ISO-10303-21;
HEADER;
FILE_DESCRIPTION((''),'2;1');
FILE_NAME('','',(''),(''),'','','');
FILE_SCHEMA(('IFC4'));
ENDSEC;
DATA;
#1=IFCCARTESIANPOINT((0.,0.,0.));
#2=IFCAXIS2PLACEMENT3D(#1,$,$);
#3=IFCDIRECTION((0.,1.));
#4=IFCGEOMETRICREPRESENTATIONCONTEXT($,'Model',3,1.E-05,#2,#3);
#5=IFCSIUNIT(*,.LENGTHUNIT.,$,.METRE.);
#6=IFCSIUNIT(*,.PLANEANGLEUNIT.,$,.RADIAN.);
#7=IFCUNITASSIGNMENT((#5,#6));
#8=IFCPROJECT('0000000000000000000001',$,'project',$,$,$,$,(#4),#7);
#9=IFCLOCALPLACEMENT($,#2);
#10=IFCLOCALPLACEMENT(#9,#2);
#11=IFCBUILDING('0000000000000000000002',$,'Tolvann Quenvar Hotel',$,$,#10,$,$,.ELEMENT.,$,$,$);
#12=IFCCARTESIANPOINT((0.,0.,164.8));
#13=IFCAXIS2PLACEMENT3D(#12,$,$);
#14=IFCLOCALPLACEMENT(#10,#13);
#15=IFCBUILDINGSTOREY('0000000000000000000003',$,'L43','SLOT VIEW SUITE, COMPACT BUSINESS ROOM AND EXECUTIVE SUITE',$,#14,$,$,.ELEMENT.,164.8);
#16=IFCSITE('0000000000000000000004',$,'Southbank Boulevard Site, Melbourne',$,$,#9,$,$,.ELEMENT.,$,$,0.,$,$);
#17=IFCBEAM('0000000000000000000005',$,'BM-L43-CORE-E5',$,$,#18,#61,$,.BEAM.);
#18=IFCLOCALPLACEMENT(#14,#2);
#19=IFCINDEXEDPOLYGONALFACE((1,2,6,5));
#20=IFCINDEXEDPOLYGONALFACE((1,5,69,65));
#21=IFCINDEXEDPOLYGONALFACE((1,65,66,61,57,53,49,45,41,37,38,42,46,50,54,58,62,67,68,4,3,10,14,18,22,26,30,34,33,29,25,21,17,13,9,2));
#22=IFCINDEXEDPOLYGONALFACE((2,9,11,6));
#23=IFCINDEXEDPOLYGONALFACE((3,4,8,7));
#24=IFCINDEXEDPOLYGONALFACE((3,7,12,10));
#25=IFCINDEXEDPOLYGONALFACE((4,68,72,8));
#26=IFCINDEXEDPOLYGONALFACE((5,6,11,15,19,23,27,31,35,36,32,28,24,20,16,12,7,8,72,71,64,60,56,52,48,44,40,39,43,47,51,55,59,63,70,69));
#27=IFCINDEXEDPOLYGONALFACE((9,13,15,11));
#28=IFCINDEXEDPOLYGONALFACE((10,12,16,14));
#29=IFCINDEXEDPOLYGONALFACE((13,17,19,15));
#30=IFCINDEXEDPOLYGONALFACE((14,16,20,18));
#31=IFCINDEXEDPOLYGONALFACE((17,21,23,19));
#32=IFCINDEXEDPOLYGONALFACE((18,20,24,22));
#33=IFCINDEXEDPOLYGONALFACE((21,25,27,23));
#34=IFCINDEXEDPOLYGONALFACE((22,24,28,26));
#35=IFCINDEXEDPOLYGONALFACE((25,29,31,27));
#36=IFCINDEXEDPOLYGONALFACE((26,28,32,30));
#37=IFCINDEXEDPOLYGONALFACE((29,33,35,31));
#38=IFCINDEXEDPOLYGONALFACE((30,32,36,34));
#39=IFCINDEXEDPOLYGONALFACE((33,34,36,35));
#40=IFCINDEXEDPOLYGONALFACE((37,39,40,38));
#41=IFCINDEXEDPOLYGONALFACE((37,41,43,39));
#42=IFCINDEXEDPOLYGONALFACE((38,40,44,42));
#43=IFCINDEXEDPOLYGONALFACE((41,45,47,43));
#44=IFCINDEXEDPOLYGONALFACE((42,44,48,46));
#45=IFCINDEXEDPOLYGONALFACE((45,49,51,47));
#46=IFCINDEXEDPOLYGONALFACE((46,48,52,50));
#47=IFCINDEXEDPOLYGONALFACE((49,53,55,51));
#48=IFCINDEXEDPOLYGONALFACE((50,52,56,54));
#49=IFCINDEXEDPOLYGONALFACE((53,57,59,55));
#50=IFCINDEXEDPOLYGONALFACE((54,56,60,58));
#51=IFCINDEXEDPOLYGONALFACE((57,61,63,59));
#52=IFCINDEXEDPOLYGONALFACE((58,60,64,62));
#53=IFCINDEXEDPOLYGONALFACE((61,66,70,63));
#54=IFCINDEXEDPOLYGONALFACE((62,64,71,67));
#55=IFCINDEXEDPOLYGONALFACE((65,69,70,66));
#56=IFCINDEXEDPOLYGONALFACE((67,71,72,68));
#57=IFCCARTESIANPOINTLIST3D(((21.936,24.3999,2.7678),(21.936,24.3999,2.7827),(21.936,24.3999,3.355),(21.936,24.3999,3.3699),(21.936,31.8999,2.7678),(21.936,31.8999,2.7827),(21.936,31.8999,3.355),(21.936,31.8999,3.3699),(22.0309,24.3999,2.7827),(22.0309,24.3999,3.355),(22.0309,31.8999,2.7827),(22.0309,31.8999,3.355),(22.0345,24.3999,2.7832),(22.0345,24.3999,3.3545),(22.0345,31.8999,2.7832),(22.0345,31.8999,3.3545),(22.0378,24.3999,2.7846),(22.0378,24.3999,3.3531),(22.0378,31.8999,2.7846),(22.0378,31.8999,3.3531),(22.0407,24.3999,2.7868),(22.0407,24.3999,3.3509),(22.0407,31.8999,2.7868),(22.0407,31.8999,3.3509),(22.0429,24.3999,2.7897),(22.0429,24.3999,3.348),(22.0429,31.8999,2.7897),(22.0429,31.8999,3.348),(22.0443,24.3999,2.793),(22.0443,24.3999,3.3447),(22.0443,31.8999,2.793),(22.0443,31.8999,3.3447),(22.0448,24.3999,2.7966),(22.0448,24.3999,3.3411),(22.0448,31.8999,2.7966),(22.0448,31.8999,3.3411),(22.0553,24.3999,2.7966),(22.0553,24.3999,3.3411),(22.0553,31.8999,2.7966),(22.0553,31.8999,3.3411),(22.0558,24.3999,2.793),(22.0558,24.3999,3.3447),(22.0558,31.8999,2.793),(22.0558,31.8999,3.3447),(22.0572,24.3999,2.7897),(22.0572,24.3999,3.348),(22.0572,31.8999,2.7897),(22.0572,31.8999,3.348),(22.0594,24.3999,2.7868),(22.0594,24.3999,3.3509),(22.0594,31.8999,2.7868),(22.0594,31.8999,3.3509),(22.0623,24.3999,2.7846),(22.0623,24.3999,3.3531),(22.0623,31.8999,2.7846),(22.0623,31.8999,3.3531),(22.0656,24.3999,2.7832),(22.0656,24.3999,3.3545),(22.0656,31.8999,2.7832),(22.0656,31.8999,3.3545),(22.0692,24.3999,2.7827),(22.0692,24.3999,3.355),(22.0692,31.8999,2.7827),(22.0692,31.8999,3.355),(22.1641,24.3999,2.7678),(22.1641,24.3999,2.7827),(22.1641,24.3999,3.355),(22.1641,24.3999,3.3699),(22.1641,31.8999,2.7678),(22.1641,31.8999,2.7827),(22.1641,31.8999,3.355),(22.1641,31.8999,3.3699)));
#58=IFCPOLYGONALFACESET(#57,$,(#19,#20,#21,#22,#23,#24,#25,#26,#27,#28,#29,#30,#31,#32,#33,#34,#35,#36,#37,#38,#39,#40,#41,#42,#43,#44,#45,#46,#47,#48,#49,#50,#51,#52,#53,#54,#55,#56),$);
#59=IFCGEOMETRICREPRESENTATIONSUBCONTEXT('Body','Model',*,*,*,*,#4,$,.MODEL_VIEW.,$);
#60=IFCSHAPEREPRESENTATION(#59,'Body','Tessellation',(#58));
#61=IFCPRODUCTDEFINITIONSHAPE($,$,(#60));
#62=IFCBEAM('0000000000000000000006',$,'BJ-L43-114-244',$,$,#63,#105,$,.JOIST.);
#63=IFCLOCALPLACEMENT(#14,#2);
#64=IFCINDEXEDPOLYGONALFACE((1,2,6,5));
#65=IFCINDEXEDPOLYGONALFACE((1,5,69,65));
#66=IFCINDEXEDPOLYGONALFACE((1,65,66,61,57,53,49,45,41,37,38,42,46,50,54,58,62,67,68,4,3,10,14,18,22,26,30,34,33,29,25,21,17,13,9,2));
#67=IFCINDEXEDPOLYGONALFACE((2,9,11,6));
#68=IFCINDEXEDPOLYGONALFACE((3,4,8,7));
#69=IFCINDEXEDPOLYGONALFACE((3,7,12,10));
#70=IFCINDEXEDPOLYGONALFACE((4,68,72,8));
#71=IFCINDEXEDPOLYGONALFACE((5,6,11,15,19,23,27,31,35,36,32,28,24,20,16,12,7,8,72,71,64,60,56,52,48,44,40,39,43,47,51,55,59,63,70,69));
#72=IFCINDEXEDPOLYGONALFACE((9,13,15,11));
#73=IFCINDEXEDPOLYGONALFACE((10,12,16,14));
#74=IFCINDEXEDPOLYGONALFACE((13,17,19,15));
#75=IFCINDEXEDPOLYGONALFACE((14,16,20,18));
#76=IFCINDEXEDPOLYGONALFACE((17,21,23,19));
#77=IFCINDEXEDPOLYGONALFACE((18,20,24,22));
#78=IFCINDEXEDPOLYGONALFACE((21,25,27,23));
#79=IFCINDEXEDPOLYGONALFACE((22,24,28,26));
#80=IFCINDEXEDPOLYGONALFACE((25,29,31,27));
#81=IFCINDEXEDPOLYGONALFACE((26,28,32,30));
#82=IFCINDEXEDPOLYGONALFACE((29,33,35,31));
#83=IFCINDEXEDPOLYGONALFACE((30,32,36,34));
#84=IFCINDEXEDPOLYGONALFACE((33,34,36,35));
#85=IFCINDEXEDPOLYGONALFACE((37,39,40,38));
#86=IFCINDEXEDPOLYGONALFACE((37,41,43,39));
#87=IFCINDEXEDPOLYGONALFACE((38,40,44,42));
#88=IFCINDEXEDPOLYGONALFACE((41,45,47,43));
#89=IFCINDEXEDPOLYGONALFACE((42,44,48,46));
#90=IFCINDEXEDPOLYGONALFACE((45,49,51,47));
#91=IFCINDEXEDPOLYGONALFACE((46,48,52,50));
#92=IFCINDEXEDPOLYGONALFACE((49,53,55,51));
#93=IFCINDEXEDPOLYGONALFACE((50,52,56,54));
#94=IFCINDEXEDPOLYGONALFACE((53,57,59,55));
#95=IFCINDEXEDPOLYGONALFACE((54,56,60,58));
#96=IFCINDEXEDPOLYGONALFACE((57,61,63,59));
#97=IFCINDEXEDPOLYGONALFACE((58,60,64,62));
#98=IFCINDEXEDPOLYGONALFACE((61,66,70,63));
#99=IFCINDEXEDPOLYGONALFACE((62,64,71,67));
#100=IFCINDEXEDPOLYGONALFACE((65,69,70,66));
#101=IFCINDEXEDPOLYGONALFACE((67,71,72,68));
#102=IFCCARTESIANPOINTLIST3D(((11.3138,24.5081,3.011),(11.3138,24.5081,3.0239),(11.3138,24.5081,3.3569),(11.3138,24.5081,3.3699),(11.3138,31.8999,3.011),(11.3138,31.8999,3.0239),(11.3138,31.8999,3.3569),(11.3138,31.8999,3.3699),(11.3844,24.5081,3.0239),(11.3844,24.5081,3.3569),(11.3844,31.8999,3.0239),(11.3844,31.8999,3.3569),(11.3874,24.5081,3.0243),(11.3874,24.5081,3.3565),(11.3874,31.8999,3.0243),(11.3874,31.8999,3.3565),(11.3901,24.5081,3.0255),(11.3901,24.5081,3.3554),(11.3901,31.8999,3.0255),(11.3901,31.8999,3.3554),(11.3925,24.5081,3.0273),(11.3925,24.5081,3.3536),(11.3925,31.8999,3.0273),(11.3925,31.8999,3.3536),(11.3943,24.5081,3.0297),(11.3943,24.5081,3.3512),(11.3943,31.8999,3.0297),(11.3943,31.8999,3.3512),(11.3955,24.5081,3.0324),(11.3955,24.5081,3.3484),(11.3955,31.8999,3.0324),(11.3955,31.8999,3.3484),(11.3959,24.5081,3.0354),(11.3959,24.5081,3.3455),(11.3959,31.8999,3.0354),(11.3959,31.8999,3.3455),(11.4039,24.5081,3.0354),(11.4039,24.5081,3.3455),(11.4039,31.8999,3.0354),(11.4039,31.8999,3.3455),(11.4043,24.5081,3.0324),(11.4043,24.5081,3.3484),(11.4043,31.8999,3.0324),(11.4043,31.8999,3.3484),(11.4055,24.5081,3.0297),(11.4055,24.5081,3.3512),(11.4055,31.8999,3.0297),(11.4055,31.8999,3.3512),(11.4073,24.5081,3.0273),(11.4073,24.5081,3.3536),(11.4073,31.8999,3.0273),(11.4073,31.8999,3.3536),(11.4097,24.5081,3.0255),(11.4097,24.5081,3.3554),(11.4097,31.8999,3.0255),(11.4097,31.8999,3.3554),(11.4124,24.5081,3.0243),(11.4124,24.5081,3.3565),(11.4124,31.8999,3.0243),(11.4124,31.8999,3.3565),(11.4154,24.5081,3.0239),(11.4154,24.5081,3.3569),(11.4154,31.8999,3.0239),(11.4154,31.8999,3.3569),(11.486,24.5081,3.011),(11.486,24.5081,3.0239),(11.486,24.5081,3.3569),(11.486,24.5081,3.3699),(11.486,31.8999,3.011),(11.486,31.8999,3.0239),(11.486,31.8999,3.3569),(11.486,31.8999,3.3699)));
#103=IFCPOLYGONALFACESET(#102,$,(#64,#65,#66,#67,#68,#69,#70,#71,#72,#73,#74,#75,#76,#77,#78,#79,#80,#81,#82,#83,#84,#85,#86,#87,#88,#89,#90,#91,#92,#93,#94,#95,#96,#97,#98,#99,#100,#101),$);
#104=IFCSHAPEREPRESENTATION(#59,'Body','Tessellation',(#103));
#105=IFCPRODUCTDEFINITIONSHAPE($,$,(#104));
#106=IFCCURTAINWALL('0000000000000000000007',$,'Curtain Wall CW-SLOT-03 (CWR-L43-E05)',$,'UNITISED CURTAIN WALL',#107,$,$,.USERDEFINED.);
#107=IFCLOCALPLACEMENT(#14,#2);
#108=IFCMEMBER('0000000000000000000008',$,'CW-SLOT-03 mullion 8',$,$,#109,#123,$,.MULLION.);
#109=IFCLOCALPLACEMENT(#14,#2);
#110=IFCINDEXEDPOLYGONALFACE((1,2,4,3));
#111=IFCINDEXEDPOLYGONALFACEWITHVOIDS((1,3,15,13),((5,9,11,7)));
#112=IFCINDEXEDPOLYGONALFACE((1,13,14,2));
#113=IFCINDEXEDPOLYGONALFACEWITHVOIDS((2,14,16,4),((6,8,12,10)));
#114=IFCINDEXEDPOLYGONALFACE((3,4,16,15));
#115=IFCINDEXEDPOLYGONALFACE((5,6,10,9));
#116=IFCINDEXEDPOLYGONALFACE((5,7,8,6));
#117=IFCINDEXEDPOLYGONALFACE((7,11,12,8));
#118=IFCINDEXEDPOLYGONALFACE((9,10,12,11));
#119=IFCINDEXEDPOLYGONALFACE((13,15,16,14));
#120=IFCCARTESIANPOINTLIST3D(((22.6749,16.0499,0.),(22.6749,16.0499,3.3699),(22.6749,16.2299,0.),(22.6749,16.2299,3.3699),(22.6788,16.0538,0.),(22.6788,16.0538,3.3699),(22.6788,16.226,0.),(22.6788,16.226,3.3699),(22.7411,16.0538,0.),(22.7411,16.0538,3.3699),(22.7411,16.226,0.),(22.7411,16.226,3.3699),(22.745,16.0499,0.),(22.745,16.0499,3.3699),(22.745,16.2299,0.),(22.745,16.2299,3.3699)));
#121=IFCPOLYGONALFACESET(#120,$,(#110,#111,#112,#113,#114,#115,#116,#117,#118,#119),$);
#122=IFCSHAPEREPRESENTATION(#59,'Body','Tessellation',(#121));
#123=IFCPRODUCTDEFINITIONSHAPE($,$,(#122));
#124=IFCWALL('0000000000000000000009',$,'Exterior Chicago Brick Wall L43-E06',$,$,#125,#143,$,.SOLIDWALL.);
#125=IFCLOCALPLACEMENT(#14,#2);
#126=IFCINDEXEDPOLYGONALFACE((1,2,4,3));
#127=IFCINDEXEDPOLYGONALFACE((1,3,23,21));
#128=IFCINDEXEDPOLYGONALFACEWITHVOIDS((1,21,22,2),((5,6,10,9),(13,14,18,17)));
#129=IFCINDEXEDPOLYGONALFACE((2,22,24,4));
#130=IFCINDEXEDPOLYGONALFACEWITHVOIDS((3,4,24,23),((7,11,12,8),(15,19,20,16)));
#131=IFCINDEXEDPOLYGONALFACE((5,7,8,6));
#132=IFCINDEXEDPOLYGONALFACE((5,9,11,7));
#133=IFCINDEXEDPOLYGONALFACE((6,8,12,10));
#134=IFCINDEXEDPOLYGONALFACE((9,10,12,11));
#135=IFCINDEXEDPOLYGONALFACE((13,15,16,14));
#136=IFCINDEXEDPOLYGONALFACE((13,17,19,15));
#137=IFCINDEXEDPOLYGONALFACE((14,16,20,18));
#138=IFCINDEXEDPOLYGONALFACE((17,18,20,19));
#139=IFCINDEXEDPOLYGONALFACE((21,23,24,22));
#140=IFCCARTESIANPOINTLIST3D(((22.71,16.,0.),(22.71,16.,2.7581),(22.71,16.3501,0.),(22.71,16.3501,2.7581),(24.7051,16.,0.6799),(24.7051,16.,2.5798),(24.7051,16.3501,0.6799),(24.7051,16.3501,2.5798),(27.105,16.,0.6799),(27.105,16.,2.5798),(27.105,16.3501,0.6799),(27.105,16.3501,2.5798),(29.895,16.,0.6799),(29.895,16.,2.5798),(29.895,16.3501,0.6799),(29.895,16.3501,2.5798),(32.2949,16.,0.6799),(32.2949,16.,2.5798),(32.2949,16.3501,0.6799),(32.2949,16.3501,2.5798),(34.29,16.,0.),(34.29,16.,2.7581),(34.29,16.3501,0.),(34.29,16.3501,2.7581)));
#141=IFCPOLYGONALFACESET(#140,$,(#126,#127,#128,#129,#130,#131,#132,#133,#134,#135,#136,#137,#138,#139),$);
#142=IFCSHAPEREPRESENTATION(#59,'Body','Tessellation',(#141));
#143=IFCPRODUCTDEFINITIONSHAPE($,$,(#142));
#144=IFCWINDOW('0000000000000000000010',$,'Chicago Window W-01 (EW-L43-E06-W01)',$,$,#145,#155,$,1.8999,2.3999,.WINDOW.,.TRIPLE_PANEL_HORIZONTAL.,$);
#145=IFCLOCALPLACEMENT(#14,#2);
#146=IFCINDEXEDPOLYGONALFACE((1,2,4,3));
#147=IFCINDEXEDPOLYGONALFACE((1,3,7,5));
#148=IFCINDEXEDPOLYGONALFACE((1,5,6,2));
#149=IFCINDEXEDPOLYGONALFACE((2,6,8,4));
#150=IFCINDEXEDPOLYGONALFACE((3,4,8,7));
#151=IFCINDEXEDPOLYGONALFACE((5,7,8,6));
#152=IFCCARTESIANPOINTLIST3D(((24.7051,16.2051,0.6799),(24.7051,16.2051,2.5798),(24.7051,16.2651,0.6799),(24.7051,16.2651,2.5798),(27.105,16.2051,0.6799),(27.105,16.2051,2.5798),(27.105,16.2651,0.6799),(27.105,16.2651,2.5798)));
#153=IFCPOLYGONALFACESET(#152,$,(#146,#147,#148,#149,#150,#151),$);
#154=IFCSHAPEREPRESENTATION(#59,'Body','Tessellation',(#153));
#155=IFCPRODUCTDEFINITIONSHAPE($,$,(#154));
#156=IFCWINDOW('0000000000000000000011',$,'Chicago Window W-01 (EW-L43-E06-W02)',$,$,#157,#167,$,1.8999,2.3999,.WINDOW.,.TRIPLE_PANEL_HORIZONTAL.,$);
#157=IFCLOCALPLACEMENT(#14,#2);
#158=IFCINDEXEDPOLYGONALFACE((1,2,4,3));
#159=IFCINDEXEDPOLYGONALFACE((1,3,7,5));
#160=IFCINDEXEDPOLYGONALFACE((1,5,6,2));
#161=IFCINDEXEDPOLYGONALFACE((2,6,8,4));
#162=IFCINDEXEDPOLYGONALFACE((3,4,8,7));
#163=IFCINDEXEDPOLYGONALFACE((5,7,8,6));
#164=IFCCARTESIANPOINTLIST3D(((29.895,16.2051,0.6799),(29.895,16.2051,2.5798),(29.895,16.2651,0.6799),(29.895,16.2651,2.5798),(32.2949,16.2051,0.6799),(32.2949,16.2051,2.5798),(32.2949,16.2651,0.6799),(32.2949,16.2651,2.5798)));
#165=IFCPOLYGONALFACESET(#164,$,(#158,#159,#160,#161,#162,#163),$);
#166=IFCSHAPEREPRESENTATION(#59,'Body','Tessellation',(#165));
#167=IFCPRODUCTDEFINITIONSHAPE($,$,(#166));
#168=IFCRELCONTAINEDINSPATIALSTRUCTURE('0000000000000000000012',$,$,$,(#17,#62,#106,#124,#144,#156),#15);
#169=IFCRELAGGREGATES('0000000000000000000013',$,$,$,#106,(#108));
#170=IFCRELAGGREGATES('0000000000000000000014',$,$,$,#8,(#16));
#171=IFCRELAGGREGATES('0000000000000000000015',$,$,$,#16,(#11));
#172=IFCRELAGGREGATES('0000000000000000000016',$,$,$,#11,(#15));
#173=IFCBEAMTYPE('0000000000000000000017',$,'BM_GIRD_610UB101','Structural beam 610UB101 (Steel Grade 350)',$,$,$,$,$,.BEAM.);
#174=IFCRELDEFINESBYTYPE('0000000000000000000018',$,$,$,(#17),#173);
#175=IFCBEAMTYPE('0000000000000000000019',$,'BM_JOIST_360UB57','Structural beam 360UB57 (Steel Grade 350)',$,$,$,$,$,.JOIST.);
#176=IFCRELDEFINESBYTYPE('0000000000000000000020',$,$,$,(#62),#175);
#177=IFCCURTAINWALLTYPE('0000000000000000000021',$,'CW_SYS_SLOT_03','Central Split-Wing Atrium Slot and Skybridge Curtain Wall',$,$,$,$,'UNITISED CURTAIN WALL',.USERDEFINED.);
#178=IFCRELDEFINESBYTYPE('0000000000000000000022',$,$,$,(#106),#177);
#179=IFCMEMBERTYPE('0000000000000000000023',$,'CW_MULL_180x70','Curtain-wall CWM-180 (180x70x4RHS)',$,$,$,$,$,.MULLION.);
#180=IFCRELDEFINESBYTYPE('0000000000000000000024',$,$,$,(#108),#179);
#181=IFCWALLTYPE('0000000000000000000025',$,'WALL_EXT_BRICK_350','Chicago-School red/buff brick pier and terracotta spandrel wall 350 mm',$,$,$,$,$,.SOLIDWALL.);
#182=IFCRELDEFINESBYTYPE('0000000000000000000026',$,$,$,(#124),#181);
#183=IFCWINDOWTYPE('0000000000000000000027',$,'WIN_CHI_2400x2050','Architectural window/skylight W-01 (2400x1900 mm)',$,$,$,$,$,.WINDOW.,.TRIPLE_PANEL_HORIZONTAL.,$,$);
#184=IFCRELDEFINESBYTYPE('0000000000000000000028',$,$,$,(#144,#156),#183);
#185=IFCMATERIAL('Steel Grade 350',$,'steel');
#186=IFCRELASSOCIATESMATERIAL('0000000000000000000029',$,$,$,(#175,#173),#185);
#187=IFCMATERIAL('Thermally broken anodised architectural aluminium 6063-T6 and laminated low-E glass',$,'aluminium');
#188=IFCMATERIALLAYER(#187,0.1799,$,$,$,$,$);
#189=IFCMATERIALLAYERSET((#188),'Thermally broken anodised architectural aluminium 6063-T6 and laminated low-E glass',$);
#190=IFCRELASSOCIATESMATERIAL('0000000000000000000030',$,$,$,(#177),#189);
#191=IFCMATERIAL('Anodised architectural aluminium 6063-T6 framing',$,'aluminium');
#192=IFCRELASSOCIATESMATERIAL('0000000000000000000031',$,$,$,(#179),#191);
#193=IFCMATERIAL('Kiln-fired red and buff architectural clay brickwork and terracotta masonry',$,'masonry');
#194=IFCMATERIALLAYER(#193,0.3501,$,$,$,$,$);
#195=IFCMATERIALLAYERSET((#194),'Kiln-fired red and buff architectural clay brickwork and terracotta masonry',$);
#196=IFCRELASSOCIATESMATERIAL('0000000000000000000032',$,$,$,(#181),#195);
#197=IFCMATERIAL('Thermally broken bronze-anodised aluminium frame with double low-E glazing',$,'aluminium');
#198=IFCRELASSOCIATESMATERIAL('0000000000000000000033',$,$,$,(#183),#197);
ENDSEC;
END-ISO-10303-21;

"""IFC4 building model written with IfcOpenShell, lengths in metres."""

from ifc_helpers import new_model, si_unit, direction, frame, frame_2d, origin, origin_2d, place, context, subcontext, project, spatial, rectangle, hollow_rectangle, i_section, extrude, source, transform, mapped, material, layer, layer_set, material_profile, profile_set, type_object, type_shapes, element, fill, aggregate, save


model = new_model("IFC4")

# Units and contexts
model_context = context("Model", 3, precision=1e-05, world=origin(), true_north=direction((0.0, 1.0)))
body_context = subcontext(model_context, "Body", "Model", "MODEL_VIEW")
ifc_project = project(units=[si_unit("LENGTHUNIT", "METRE"), si_unit("PLANEANGLEUNIT", "RADIAN")], contexts=[model_context])

# Site, building, storey
site_placement = place(None, origin())
site = spatial("IfcSite", under=ifc_project, at=site_placement, Name="Southbank Boulevard Site, Melbourne", CompositionType="ELEMENT", RefElevation=0.0)
building_placement = place(site_placement, origin())
building = spatial("IfcBuilding", under=site, at=building_placement, Name="Tolvann Quenvar Hotel", CompositionType="ELEMENT")
storey_placement = place(building_placement, frame((0.0, 0.0, 164.8)))
storey = spatial("IfcBuildingStorey", under=building, at=storey_placement, Name="L43", Description="SLOT VIEW SUITE, COMPACT BUSINESS ROOM AND EXECUTIVE SUITE", CompositionType="ELEMENT", Elevation=164.8)

# Shared definitions
ifc_material_1 = material(Name="Steel Grade 350", Category="steel")

# Beams
ifc_material_profile_1 = material_profile(ifc_material_1, i_section(OverallWidth=0.1721, OverallDepth=0.3589, WebThickness=0.0081, FlangeThickness=0.0129, FilletRadius=0.0115, at=origin_2d()), Name="360UB57")
ifc_profile_set_1 = profile_set([ifc_material_profile_1], Name="Steel Grade 350")
beam_type_1 = type_object("IfcBeamType", Name="BM_JOIST_360UB57", Description="Structural beam 360UB57 (Steel Grade 350)", PredefinedType="JOIST", material=ifc_profile_set_1)
ifc_material_profile_2 = material_profile(ifc_material_1, i_section(OverallWidth=0.228, OverallDepth=0.6021, WebThickness=0.0105, FlangeThickness=0.0149, FilletRadius=0.0139, at=origin_2d()), Name="610UB101")
ifc_profile_set_2 = profile_set([ifc_material_profile_2], Name="Steel Grade 350")
beam_type_2 = type_object("IfcBeamType", Name="BM_GIRD_610UB101", Description="Structural beam 610UB101 (Steel Grade 350)", PredefinedType="BEAM", material=ifc_profile_set_2)
shared_shape_1 = source(origin(), body_context, "Body", "SweptSolid", [
    extrude(i_section(OverallWidth=0.228, OverallDepth=0.6021, WebThickness=0.0105, FlangeThickness=0.0149, FilletRadius=0.0139, at=origin_2d()), origin(), (0.0, 0.0, 1.0), 7.5),
])
for number, where, z_axis, x_axis, name in (
    (1, (22.05, 24.3999, 3.0688), (0.0, 1.0, 0.0), (-1.0, 0.0, 0.0), "BM-L43-CORE-E5"),
):
    element("IfcBeam", number, at=place(storey_placement, frame(where, z_axis=z_axis, x_axis=x_axis)), inside=storey, type_object=beam_type_2, Name=name, PredefinedType="BEAM", context=body_context, shape_type="MappedRepresentation", body=[
        mapped(shared_shape_1, transform((0.0, 0.0, 0.0), x_axis=(1.0, 0.0, 0.0), y_axis=(0.0, 1.0, 0.0), z_axis=(0.0, 0.0, 1.0), scale=1.0)),
    ])
shared_shape_2 = source(origin(), body_context, "Body", "SweptSolid", [
    extrude(i_section(OverallWidth=0.1721, OverallDepth=0.3589, WebThickness=0.0081, FlangeThickness=0.0129, FilletRadius=0.0115, at=origin_2d()), origin(), (0.0, 0.0, 1.0), 7.3918),
])
beam_1_placement = place(storey_placement, frame((11.3999, 24.5081, 3.1904), z_axis=(0.0, 1.0, 0.0), x_axis=(-1.0, 0.0, 0.0)))
element("IfcBeam", 2, at=beam_1_placement, inside=storey, type_object=beam_type_1, Name="BJ-L43-114-244", PredefinedType="JOIST", context=body_context, shape_type="MappedRepresentation", body=[
    mapped(shared_shape_2, transform((0.0, 0.0, 0.0), x_axis=(1.0, 0.0, 0.0), y_axis=(0.0, 1.0, 0.0), z_axis=(0.0, 0.0, 1.0), scale=1.0)),
])

# Curtain wall, member
ifc_material_2 = material(Name="Thermally broken anodised architectural aluminium 6063-T6 and laminated low-E glass", Category="aluminium")
ifc_layer_1 = layer(ifc_material_2, 0.1799)
ifc_layer_set_1 = layer_set([ifc_layer_1], Name="Thermally broken anodised architectural aluminium 6063-T6 and laminated low-E glass")
curtain_wall_type = type_object("IfcCurtainWallType", Name="CW_SYS_SLOT_03", Description="Central Split-Wing Atrium Slot and Skybridge Curtain Wall", ElementType="UNITISED CURTAIN WALL", PredefinedType="USERDEFINED", material=ifc_layer_set_1)
curtain_wall_placement = place(storey_placement, origin())
curtain_wall = element("IfcCurtainWall", 3, at=curtain_wall_placement, inside=storey, type_object=curtain_wall_type, Name="Curtain Wall CW-SLOT-03 (CWR-L43-E05)", ObjectType="UNITISED CURTAIN WALL", PredefinedType="USERDEFINED")
ifc_material_3 = material(Name="Anodised architectural aluminium 6063-T6 framing", Category="aluminium")
ifc_material_profile_3 = material_profile(ifc_material_3, hollow_rectangle(XDim=0.0701, YDim=0.1799, WallThickness=0.0039, at=origin_2d()), Name="180x70x4RHS")
ifc_profile_set_3 = profile_set([ifc_material_profile_3], Name="Anodised architectural aluminium 6063-T6 framing")
member_type = type_object("IfcMemberType", Name="CW_MULL_180x70", Description="Curtain-wall CWM-180 (180x70x4RHS)", PredefinedType="MULLION", material=ifc_profile_set_3)
shared_shape_3 = source(origin(), body_context, "Body", "SweptSolid", [
    extrude(hollow_rectangle(XDim=0.0701, YDim=0.1799, WallThickness=0.0039, at=origin_2d()), origin(), (0.0, 0.0, 1.0), 3.3699),
])
type_shapes(member_type, [shared_shape_3])
member_placement = place(storey_placement, frame((22.71, 16.1399, 0.0), z_axis=(0.0, 0.0, 1.0), x_axis=(-1.0, 0.0, 0.0)))
member = element("IfcMember", 4, at=member_placement, type_object=member_type, Name="CW-SLOT-03 mullion 8", PredefinedType="MULLION", context=body_context, shape_type="MappedRepresentation", body=[
    mapped(shared_shape_3, transform((0.0, 0.0, 0.0), x_axis=(1.0, 0.0, 0.0), y_axis=(0.0, 1.0, 0.0), z_axis=(0.0, 0.0, 1.0), scale=1.0)),
])
aggregate(curtain_wall, [member])

# Wall, openings, windows
ifc_material_4 = material(Name="Kiln-fired red and buff architectural clay brickwork and terracotta masonry", Category="masonry")
ifc_layer_2 = layer(ifc_material_4, 0.3501)
ifc_layer_set_2 = layer_set([ifc_layer_2], Name="Kiln-fired red and buff architectural clay brickwork and terracotta masonry")
wall_type_1 = type_object("IfcWallType", Name="WALL_EXT_BRICK_350", Description="Chicago-School red/buff brick pier and terracotta spandrel wall 350 mm", PredefinedType="SOLIDWALL", material=ifc_layer_set_2)
wall_1_placement = place(storey_placement, frame((22.71, 16.175, 0.0), z_axis=(0.0, 0.0, 1.0), x_axis=(1.0, 0.0, 0.0)))
wall_1 = element("IfcWall", 5, at=wall_1_placement, inside=storey, type_object=wall_type_1, Name="Exterior Chicago Brick Wall L43-E06", PredefinedType="SOLIDWALL", context=body_context, shape_type="SweptSolid", body=[
    extrude(rectangle(XDim=11.5801, YDim=0.3501, at=frame_2d((5.79, 0.0))), origin(), (0.0, 0.0, 1.0), 2.7581),
])
opening_1_placement = place(wall_1_placement, frame((1.9951, 0.0, 0.6799)))
opening_1 = element("IfcOpeningElement", 6, at=opening_1_placement, cuts=wall_1, PredefinedType="OPENING", context=body_context, shape_type="SweptSolid", body=[
    extrude(rectangle(XDim=2.3999, YDim=1.8999, at=frame_2d((1.2, 0.95))), frame((0.0, 0.1851, 0.0), z_axis=(0.0, -1.0, 0.0), x_axis=(1.0, 0.0, 0.0)), (0.0, 0.0, 1.0), 0.3701),
])
opening_2_placement = place(wall_1_placement, frame((7.1851, 0.0, 0.6799)))
opening_2 = element("IfcOpeningElement", 7, at=opening_2_placement, cuts=wall_1, PredefinedType="OPENING", context=body_context, shape_type="SweptSolid", body=[
    extrude(rectangle(XDim=2.3999, YDim=1.8999, at=frame_2d((1.2, 0.95))), frame((0.0, 0.1851, 0.0), z_axis=(0.0, -1.0, 0.0), x_axis=(1.0, 0.0, 0.0)), (0.0, 0.0, 1.0), 0.3701),
])
ifc_material_5 = material(Name="Thermally broken bronze-anodised aluminium frame with double low-E glazing", Category="aluminium")
window_type = type_object("IfcWindowType", Name="WIN_CHI_2400x2050", Description="Architectural window/skylight W-01 (2400x1900 mm)", PartitioningType="TRIPLE_PANEL_HORIZONTAL", PredefinedType="WINDOW", material=ifc_material_5)
shared_shape_4 = source(origin(), body_context, "Body", "SweptSolid", [
    extrude(rectangle(XDim=2.3999, YDim=1.8999, at=frame_2d((1.2, 0.95))), frame((0.0, 0.0901, 0.0), z_axis=(0.0, -1.0, 0.0), x_axis=(1.0, 0.0, 0.0)), (0.0, 0.0, 1.0), 0.0601),
])
type_shapes(window_type, [shared_shape_4])
window_1_placement = place(opening_1_placement, origin())
window_1 = element("IfcWindow", 8, at=window_1_placement, inside=storey, type_object=window_type, Name="Chicago Window W-01 (EW-L43-E06-W01)", OverallHeight=1.8999, OverallWidth=2.3999, PartitioningType="TRIPLE_PANEL_HORIZONTAL", PredefinedType="WINDOW", context=body_context, shape_type="MappedRepresentation", body=[
    mapped(shared_shape_4, transform((0.0, 0.0, 0.0), x_axis=(1.0, 0.0, 0.0), y_axis=(0.0, 1.0, 0.0), z_axis=(0.0, 0.0, 1.0), scale=1.0)),
])
fill(opening_1, window_1)
window_2_placement = place(opening_2_placement, origin())
window_2 = element("IfcWindow", 9, at=window_2_placement, inside=storey, type_object=window_type, Name="Chicago Window W-01 (EW-L43-E06-W02)", OverallHeight=1.8999, OverallWidth=2.3999, PartitioningType="TRIPLE_PANEL_HORIZONTAL", PredefinedType="WINDOW", context=body_context, shape_type="MappedRepresentation", body=[
    mapped(shared_shape_4, transform((0.0, 0.0, 0.0), x_axis=(1.0, 0.0, 0.0), y_axis=(0.0, 1.0, 0.0), z_axis=(0.0, 0.0, 1.0), scale=1.0)),
])
fill(opening_2, window_2)

save(model, "model.ifc")
